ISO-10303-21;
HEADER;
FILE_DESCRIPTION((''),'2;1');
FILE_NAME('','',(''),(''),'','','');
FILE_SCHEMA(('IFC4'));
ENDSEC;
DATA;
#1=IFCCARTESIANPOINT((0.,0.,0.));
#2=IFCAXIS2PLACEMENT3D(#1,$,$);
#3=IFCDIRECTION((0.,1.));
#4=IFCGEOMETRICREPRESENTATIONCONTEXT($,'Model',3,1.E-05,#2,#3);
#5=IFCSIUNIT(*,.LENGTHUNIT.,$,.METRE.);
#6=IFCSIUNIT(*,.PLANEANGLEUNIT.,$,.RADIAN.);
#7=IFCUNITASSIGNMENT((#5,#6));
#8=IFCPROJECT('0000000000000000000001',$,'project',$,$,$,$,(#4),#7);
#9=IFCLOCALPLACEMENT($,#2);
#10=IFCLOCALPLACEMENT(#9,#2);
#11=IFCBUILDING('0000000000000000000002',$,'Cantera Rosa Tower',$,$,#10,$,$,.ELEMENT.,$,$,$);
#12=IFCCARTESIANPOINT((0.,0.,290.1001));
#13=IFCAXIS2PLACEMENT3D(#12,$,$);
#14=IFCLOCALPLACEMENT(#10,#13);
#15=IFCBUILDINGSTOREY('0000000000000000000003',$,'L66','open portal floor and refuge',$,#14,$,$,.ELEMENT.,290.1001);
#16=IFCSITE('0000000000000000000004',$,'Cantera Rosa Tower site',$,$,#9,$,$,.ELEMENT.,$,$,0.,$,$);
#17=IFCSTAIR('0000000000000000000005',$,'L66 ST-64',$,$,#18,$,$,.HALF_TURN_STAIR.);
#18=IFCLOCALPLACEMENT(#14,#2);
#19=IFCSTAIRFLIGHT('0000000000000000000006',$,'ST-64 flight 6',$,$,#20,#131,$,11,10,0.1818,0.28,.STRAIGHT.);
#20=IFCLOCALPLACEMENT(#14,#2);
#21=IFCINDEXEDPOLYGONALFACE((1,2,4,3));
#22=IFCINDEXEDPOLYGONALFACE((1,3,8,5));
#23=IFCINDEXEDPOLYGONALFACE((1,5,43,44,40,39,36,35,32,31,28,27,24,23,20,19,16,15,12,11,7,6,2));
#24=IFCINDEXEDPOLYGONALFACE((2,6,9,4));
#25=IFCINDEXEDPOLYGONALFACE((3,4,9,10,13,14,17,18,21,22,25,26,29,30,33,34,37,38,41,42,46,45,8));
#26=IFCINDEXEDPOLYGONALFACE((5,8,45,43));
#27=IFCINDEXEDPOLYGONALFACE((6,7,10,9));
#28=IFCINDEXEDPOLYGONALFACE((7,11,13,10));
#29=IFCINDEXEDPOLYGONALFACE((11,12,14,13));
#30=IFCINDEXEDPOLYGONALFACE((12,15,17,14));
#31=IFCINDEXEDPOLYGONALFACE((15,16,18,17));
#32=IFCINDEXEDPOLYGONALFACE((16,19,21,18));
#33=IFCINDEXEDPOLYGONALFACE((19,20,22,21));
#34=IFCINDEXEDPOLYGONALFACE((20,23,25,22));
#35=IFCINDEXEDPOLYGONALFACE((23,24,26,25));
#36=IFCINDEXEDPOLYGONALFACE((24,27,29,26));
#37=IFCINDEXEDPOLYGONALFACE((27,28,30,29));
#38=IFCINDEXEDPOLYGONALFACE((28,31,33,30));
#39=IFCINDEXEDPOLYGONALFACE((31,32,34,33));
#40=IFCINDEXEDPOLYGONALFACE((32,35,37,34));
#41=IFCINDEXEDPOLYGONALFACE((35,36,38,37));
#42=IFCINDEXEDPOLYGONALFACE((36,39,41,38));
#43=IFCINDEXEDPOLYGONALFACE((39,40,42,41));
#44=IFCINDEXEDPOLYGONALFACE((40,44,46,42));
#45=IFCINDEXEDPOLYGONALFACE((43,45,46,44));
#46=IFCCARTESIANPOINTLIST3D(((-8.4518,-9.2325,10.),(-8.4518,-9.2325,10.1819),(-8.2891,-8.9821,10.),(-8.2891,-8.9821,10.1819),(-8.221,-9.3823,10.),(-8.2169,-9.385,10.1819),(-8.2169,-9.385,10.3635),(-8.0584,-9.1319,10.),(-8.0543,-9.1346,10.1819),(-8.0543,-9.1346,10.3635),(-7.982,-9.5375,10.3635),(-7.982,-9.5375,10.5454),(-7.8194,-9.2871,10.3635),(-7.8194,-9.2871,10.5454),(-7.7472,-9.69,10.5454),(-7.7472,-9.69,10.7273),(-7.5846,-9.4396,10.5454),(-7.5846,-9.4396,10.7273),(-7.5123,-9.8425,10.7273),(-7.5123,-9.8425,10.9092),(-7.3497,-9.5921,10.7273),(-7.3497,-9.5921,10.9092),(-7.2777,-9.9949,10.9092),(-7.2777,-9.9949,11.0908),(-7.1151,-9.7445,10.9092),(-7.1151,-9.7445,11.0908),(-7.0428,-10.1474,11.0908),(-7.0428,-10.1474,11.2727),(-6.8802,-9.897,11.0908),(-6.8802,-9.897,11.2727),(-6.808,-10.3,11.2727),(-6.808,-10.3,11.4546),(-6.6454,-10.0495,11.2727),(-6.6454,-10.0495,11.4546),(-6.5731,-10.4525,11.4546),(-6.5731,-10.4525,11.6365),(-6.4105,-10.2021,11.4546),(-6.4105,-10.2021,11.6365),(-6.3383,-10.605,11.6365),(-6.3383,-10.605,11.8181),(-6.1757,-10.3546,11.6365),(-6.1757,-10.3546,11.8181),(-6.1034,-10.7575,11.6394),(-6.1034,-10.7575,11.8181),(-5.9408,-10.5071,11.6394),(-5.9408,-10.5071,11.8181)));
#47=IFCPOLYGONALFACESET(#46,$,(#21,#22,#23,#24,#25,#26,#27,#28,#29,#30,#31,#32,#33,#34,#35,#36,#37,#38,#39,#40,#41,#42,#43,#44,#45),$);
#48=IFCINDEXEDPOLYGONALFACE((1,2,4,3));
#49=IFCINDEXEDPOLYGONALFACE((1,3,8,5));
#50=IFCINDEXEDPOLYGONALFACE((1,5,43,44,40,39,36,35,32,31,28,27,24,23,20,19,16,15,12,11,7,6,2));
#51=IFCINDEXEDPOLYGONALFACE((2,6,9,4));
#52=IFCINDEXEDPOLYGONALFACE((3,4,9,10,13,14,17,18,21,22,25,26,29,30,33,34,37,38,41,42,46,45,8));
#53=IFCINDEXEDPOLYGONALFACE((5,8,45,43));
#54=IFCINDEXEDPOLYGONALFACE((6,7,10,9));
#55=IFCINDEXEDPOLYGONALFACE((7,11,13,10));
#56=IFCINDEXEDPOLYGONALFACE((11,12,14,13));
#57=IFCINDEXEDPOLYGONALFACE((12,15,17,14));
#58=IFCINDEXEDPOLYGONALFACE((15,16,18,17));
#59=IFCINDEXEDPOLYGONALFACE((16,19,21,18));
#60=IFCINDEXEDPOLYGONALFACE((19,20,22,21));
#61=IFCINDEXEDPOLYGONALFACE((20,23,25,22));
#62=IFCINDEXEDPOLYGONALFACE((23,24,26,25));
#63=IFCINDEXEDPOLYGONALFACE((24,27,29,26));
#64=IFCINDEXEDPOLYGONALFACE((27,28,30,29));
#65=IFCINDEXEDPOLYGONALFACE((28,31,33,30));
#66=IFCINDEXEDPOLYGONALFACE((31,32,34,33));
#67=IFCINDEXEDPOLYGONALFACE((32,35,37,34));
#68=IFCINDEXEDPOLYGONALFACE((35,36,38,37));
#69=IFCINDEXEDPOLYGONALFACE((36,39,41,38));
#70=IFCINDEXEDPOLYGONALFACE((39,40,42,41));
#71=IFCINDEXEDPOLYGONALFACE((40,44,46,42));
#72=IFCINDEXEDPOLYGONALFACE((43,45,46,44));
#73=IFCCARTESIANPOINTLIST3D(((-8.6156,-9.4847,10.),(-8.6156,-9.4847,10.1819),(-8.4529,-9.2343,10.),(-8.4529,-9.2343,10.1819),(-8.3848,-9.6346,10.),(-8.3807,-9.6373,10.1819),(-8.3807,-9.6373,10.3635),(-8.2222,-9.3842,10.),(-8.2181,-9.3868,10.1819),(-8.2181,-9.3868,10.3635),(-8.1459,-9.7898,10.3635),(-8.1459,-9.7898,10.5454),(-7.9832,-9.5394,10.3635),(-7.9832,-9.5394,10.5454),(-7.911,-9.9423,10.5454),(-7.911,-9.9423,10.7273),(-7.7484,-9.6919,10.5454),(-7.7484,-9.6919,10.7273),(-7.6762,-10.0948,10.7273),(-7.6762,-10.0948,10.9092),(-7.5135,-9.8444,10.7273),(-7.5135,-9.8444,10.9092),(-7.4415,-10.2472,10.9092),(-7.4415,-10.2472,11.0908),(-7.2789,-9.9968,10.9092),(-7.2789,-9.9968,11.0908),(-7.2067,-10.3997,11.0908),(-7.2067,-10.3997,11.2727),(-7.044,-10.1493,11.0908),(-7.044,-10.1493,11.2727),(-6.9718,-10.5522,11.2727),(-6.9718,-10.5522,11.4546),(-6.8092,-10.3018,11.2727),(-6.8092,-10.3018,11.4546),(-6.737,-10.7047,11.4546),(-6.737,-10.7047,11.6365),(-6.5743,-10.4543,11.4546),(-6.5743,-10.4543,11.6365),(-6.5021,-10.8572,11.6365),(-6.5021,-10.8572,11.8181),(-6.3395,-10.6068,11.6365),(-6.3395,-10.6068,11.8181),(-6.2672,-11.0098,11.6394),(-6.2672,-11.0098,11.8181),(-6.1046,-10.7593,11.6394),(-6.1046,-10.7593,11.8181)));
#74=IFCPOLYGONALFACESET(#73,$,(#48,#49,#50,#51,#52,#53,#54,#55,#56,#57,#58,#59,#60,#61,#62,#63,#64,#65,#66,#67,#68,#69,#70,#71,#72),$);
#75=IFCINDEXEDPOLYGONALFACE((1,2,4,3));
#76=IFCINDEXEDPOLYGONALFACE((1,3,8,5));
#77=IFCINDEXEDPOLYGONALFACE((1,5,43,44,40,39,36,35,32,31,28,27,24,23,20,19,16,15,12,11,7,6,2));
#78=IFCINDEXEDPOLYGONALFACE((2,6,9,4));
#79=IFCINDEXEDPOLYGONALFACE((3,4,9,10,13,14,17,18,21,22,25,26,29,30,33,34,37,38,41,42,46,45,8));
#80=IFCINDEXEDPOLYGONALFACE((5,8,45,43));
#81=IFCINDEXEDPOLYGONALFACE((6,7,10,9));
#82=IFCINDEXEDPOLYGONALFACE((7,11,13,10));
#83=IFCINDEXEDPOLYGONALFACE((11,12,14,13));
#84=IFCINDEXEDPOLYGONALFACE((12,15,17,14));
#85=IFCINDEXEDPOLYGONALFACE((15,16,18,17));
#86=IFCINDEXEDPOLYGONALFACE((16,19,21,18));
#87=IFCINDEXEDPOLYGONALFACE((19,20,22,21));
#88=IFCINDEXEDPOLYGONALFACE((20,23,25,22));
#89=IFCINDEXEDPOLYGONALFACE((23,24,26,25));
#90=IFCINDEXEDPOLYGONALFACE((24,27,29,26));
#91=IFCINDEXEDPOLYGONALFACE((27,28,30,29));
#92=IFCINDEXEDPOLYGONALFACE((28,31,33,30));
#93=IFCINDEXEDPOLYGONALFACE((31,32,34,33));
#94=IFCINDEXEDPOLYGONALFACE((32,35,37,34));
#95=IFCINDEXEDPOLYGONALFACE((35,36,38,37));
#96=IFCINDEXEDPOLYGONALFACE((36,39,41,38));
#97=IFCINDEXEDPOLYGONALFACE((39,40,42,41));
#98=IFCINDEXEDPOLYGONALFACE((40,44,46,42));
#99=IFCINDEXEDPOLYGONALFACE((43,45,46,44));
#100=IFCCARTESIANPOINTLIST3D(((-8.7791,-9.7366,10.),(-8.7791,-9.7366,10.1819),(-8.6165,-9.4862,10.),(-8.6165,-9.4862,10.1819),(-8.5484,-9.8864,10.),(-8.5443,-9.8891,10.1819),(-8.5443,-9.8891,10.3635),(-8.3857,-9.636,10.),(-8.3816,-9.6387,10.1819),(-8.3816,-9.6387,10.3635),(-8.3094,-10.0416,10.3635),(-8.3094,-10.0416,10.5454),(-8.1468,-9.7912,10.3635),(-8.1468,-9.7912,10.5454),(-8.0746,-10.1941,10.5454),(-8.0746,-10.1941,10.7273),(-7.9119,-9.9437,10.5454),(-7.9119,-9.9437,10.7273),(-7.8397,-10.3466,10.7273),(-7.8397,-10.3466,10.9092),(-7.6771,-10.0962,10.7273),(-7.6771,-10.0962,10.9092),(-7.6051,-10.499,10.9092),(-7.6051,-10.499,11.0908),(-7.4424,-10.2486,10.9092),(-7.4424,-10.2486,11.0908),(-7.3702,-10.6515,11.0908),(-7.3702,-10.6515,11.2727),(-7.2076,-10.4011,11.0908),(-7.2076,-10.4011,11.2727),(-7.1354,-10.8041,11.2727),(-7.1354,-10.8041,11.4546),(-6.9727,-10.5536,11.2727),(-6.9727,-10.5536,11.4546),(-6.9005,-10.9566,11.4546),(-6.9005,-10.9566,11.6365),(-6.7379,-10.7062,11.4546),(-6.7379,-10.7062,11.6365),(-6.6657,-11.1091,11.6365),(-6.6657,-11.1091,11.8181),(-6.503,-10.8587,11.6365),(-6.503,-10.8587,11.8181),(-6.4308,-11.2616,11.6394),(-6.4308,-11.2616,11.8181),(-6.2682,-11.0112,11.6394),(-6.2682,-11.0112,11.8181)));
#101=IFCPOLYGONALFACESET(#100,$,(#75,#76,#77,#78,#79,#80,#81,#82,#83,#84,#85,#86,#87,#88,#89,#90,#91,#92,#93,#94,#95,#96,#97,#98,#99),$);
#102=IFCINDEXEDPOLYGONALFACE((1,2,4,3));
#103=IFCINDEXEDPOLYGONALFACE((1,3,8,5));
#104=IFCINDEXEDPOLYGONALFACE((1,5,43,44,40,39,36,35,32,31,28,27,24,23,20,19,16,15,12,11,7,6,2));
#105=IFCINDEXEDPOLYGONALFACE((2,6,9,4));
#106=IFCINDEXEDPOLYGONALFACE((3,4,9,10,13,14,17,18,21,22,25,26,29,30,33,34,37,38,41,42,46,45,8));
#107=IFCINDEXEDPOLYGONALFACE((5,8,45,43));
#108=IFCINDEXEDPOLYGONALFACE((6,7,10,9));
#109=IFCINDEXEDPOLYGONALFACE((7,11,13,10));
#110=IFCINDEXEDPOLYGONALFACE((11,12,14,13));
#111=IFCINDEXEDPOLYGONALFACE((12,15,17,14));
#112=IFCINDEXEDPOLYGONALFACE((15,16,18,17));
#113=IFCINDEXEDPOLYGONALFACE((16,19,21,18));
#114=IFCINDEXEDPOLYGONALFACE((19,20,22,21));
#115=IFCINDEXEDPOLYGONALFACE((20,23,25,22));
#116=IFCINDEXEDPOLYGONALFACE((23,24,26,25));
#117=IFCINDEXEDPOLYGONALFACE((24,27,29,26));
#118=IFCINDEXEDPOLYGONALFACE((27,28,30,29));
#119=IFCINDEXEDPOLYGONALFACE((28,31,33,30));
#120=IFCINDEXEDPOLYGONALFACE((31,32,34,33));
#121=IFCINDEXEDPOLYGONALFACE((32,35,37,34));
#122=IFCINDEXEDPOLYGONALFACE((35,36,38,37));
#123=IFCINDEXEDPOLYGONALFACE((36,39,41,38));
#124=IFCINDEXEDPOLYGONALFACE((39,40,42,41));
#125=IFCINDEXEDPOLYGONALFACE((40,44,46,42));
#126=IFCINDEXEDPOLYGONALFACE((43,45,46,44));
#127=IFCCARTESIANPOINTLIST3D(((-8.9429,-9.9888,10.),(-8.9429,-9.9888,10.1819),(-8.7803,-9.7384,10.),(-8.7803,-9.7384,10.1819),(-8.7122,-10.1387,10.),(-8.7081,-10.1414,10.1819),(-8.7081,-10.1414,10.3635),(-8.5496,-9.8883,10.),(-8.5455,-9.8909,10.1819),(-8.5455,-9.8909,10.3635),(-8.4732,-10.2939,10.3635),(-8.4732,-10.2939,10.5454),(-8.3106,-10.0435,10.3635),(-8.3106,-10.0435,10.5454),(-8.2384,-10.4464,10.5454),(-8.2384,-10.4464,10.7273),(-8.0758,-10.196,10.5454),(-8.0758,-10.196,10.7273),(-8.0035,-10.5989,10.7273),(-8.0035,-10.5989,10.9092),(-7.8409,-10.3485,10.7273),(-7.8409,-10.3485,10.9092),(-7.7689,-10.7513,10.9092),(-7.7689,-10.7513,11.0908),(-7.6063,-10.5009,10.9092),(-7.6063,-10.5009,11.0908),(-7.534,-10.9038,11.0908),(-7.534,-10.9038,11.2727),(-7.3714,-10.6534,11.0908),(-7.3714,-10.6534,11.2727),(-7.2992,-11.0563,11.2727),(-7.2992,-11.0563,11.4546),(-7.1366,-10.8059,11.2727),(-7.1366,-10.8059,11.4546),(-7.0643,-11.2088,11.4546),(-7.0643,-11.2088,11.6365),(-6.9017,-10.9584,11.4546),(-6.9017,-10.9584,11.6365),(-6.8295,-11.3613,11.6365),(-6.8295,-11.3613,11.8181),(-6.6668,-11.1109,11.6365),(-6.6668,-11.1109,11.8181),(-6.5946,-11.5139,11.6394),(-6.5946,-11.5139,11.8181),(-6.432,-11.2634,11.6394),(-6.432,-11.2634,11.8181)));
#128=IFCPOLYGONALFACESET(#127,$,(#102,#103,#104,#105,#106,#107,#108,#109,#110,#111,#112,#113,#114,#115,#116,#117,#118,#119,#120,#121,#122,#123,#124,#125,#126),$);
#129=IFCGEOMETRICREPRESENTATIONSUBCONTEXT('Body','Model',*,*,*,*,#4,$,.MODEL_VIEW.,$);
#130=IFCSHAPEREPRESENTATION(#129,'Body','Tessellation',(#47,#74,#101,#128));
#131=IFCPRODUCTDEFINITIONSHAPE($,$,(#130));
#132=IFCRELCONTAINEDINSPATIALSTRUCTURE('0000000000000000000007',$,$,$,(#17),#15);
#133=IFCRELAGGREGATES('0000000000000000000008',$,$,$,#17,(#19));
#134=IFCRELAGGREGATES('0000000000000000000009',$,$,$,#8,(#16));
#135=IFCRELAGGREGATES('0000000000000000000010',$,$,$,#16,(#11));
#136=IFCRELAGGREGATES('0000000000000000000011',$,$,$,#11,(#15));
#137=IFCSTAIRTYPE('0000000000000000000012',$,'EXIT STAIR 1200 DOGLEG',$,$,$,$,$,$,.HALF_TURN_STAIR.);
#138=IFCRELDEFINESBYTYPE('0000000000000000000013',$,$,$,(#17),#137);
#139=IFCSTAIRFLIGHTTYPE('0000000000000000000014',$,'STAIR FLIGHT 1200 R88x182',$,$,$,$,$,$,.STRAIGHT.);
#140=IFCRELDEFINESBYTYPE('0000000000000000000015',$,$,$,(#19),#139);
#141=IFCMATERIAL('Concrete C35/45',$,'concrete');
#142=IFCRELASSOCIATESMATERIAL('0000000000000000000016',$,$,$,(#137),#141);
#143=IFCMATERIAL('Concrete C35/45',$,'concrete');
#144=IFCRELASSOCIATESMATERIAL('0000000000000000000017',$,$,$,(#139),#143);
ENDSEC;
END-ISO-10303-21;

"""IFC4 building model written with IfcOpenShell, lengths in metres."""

from ifc_helpers import new_model, si_unit, direction, frame, origin, place, context, subcontext, project, spatial, polyline, outline, extrude, material, type_object, element, aggregate, save


model = new_model("IFC4")

# Units and contexts
model_context = context("Model", 3, precision=1e-05, world=origin(), true_north=direction((0.0, 1.0)))
body_context = subcontext(model_context, "Body", "Model", "MODEL_VIEW")
ifc_project = project(units=[si_unit("LENGTHUNIT", "METRE"), si_unit("PLANEANGLEUNIT", "RADIAN")], contexts=[model_context])

# Site, building, storey
site_placement = place(None, origin())
site = spatial("IfcSite", under=ifc_project, at=site_placement, Name="Cantera Rosa Tower site", CompositionType="ELEMENT", RefElevation=0.0)
building_placement = place(site_placement, origin())
building = spatial("IfcBuilding", under=site, at=building_placement, Name="Cantera Rosa Tower", CompositionType="ELEMENT")
storey_placement = place(building_placement, frame((0.0, 0.0, 290.1001)))
storey = spatial("IfcBuildingStorey", under=building, at=storey_placement, Name="L66", Description="open portal floor and refuge", CompositionType="ELEMENT", Elevation=290.1001)

# Stair, stair flight
ifc_material_1 = material(Name="Concrete C35/45", Category="concrete")
stair_type = type_object("IfcStairType", Name="EXIT STAIR 1200 DOGLEG", PredefinedType="HALF_TURN_STAIR", material=ifc_material_1)
stair_placement = place(storey_placement, origin())
stair = element("IfcStair", 1, at=stair_placement, inside=storey, type_object=stair_type, Name="L66 ST-64", PredefinedType="HALF_TURN_STAIR")
ifc_material_2 = material(Name="Concrete C35/45", Category="concrete")
stair_flight_type = type_object("IfcStairFlightType", Name="STAIR FLIGHT 1200 R88x182", PredefinedType="STRAIGHT", material=ifc_material_2)
stair_flight_1_placement = place(storey_placement, frame((-8.616, -9.4854, 10.0), z_axis=(0.0, 0.0, 1.0), x_axis=(0.838671, -0.544639, 0.0)))
stair_flight_1 = element("IfcStairFlight", 2, at=stair_flight_1_placement, type_object=stair_flight_type, Name="ST-64 flight 6", NumberOfRisers=11, NumberOfTreads=10, PredefinedType="STRAIGHT", RiserHeight=0.1818, TreadLength=0.28, context=body_context, shape_type="SweptSolid", body=[
    extrude(outline(polyline([(0.0, 0.0), (0.0, 0.1819), (0.28, 0.1819), (0.28, 0.3635), (0.5601, 0.3635), (0.5601, 0.5454), (0.8401, 0.5454), (0.8401, 0.7273), (1.1201, 0.7273), (1.1201, 0.9092), (1.3999, 0.9092), (1.3999, 1.0908), (1.6799, 1.0908), (1.6799, 1.2727), (1.96, 1.2727), (1.96, 1.4546), (2.24, 1.4546), (2.24, 1.6365), (2.52, 1.6365), (2.52, 1.8181), (2.8, 1.8181), (2.8, 2.0), (2.8, 1.6394), (0.2751, 0.0), (0.0, 0.0)])), frame((0.0, 0.6001, 0.0), z_axis=(0.0, -1.0, 0.0), x_axis=(1.0, 0.0, 0.0)), (0.0, 0.0, 1.0), 0.2986),
    extrude(outline(polyline([(0.0, 0.0), (0.0, 0.1819), (0.28, 0.1819), (0.28, 0.3635), (0.5601, 0.3635), (0.5601, 0.5454), (0.8401, 0.5454), (0.8401, 0.7273), (1.1201, 0.7273), (1.1201, 0.9092), (1.3999, 0.9092), (1.3999, 1.0908), (1.6799, 1.0908), (1.6799, 1.2727), (1.96, 1.2727), (1.96, 1.4546), (2.24, 1.4546), (2.24, 1.6365), (2.52, 1.6365), (2.52, 1.8181), (2.8, 1.8181), (2.8, 2.0), (2.8, 1.6394), (0.2751, 0.0), (0.0, 0.0)])), frame((0.0, 0.2993, 0.0), z_axis=(0.0, -1.0, 0.0), x_axis=(1.0, 0.0, 0.0)), (0.0, 0.0, 1.0), 0.2986),
    extrude(outline(polyline([(0.0, 0.0), (0.0, 0.1819), (0.28, 0.1819), (0.28, 0.3635), (0.5601, 0.3635), (0.5601, 0.5454), (0.8401, 0.5454), (0.8401, 0.7273), (1.1201, 0.7273), (1.1201, 0.9092), (1.3999, 0.9092), (1.3999, 1.0908), (1.6799, 1.0908), (1.6799, 1.2727), (1.96, 1.2727), (1.96, 1.4546), (2.24, 1.4546), (2.24, 1.6365), (2.52, 1.6365), (2.52, 1.8181), (2.8, 1.8181), (2.8, 2.0), (2.8, 1.6394), (0.2751, 0.0), (0.0, 0.0)])), frame((0.0, -0.001, 0.0), z_axis=(0.0, -1.0, 0.0), x_axis=(1.0, 0.0, 0.0)), (0.0, 0.0, 1.0), 0.2986),
    extrude(outline(polyline([(0.0, 0.0), (0.0, 0.1819), (0.28, 0.1819), (0.28, 0.3635), (0.5601, 0.3635), (0.5601, 0.5454), (0.8401, 0.5454), (0.8401, 0.7273), (1.1201, 0.7273), (1.1201, 0.9092), (1.3999, 0.9092), (1.3999, 1.0908), (1.6799, 1.0908), (1.6799, 1.2727), (1.96, 1.2727), (1.96, 1.4546), (2.24, 1.4546), (2.24, 1.6365), (2.52, 1.6365), (2.52, 1.8181), (2.8, 1.8181), (2.8, 2.0), (2.8, 1.6394), (0.2751, 0.0), (0.0, 0.0)])), frame((0.0, -0.3018, 0.0), z_axis=(0.0, -1.0, 0.0), x_axis=(1.0, 0.0, 0.0)), (0.0, 0.0, 1.0), 0.2986),
])
aggregate(stair, [stair_flight_1])

save(model, "model.ifc")
